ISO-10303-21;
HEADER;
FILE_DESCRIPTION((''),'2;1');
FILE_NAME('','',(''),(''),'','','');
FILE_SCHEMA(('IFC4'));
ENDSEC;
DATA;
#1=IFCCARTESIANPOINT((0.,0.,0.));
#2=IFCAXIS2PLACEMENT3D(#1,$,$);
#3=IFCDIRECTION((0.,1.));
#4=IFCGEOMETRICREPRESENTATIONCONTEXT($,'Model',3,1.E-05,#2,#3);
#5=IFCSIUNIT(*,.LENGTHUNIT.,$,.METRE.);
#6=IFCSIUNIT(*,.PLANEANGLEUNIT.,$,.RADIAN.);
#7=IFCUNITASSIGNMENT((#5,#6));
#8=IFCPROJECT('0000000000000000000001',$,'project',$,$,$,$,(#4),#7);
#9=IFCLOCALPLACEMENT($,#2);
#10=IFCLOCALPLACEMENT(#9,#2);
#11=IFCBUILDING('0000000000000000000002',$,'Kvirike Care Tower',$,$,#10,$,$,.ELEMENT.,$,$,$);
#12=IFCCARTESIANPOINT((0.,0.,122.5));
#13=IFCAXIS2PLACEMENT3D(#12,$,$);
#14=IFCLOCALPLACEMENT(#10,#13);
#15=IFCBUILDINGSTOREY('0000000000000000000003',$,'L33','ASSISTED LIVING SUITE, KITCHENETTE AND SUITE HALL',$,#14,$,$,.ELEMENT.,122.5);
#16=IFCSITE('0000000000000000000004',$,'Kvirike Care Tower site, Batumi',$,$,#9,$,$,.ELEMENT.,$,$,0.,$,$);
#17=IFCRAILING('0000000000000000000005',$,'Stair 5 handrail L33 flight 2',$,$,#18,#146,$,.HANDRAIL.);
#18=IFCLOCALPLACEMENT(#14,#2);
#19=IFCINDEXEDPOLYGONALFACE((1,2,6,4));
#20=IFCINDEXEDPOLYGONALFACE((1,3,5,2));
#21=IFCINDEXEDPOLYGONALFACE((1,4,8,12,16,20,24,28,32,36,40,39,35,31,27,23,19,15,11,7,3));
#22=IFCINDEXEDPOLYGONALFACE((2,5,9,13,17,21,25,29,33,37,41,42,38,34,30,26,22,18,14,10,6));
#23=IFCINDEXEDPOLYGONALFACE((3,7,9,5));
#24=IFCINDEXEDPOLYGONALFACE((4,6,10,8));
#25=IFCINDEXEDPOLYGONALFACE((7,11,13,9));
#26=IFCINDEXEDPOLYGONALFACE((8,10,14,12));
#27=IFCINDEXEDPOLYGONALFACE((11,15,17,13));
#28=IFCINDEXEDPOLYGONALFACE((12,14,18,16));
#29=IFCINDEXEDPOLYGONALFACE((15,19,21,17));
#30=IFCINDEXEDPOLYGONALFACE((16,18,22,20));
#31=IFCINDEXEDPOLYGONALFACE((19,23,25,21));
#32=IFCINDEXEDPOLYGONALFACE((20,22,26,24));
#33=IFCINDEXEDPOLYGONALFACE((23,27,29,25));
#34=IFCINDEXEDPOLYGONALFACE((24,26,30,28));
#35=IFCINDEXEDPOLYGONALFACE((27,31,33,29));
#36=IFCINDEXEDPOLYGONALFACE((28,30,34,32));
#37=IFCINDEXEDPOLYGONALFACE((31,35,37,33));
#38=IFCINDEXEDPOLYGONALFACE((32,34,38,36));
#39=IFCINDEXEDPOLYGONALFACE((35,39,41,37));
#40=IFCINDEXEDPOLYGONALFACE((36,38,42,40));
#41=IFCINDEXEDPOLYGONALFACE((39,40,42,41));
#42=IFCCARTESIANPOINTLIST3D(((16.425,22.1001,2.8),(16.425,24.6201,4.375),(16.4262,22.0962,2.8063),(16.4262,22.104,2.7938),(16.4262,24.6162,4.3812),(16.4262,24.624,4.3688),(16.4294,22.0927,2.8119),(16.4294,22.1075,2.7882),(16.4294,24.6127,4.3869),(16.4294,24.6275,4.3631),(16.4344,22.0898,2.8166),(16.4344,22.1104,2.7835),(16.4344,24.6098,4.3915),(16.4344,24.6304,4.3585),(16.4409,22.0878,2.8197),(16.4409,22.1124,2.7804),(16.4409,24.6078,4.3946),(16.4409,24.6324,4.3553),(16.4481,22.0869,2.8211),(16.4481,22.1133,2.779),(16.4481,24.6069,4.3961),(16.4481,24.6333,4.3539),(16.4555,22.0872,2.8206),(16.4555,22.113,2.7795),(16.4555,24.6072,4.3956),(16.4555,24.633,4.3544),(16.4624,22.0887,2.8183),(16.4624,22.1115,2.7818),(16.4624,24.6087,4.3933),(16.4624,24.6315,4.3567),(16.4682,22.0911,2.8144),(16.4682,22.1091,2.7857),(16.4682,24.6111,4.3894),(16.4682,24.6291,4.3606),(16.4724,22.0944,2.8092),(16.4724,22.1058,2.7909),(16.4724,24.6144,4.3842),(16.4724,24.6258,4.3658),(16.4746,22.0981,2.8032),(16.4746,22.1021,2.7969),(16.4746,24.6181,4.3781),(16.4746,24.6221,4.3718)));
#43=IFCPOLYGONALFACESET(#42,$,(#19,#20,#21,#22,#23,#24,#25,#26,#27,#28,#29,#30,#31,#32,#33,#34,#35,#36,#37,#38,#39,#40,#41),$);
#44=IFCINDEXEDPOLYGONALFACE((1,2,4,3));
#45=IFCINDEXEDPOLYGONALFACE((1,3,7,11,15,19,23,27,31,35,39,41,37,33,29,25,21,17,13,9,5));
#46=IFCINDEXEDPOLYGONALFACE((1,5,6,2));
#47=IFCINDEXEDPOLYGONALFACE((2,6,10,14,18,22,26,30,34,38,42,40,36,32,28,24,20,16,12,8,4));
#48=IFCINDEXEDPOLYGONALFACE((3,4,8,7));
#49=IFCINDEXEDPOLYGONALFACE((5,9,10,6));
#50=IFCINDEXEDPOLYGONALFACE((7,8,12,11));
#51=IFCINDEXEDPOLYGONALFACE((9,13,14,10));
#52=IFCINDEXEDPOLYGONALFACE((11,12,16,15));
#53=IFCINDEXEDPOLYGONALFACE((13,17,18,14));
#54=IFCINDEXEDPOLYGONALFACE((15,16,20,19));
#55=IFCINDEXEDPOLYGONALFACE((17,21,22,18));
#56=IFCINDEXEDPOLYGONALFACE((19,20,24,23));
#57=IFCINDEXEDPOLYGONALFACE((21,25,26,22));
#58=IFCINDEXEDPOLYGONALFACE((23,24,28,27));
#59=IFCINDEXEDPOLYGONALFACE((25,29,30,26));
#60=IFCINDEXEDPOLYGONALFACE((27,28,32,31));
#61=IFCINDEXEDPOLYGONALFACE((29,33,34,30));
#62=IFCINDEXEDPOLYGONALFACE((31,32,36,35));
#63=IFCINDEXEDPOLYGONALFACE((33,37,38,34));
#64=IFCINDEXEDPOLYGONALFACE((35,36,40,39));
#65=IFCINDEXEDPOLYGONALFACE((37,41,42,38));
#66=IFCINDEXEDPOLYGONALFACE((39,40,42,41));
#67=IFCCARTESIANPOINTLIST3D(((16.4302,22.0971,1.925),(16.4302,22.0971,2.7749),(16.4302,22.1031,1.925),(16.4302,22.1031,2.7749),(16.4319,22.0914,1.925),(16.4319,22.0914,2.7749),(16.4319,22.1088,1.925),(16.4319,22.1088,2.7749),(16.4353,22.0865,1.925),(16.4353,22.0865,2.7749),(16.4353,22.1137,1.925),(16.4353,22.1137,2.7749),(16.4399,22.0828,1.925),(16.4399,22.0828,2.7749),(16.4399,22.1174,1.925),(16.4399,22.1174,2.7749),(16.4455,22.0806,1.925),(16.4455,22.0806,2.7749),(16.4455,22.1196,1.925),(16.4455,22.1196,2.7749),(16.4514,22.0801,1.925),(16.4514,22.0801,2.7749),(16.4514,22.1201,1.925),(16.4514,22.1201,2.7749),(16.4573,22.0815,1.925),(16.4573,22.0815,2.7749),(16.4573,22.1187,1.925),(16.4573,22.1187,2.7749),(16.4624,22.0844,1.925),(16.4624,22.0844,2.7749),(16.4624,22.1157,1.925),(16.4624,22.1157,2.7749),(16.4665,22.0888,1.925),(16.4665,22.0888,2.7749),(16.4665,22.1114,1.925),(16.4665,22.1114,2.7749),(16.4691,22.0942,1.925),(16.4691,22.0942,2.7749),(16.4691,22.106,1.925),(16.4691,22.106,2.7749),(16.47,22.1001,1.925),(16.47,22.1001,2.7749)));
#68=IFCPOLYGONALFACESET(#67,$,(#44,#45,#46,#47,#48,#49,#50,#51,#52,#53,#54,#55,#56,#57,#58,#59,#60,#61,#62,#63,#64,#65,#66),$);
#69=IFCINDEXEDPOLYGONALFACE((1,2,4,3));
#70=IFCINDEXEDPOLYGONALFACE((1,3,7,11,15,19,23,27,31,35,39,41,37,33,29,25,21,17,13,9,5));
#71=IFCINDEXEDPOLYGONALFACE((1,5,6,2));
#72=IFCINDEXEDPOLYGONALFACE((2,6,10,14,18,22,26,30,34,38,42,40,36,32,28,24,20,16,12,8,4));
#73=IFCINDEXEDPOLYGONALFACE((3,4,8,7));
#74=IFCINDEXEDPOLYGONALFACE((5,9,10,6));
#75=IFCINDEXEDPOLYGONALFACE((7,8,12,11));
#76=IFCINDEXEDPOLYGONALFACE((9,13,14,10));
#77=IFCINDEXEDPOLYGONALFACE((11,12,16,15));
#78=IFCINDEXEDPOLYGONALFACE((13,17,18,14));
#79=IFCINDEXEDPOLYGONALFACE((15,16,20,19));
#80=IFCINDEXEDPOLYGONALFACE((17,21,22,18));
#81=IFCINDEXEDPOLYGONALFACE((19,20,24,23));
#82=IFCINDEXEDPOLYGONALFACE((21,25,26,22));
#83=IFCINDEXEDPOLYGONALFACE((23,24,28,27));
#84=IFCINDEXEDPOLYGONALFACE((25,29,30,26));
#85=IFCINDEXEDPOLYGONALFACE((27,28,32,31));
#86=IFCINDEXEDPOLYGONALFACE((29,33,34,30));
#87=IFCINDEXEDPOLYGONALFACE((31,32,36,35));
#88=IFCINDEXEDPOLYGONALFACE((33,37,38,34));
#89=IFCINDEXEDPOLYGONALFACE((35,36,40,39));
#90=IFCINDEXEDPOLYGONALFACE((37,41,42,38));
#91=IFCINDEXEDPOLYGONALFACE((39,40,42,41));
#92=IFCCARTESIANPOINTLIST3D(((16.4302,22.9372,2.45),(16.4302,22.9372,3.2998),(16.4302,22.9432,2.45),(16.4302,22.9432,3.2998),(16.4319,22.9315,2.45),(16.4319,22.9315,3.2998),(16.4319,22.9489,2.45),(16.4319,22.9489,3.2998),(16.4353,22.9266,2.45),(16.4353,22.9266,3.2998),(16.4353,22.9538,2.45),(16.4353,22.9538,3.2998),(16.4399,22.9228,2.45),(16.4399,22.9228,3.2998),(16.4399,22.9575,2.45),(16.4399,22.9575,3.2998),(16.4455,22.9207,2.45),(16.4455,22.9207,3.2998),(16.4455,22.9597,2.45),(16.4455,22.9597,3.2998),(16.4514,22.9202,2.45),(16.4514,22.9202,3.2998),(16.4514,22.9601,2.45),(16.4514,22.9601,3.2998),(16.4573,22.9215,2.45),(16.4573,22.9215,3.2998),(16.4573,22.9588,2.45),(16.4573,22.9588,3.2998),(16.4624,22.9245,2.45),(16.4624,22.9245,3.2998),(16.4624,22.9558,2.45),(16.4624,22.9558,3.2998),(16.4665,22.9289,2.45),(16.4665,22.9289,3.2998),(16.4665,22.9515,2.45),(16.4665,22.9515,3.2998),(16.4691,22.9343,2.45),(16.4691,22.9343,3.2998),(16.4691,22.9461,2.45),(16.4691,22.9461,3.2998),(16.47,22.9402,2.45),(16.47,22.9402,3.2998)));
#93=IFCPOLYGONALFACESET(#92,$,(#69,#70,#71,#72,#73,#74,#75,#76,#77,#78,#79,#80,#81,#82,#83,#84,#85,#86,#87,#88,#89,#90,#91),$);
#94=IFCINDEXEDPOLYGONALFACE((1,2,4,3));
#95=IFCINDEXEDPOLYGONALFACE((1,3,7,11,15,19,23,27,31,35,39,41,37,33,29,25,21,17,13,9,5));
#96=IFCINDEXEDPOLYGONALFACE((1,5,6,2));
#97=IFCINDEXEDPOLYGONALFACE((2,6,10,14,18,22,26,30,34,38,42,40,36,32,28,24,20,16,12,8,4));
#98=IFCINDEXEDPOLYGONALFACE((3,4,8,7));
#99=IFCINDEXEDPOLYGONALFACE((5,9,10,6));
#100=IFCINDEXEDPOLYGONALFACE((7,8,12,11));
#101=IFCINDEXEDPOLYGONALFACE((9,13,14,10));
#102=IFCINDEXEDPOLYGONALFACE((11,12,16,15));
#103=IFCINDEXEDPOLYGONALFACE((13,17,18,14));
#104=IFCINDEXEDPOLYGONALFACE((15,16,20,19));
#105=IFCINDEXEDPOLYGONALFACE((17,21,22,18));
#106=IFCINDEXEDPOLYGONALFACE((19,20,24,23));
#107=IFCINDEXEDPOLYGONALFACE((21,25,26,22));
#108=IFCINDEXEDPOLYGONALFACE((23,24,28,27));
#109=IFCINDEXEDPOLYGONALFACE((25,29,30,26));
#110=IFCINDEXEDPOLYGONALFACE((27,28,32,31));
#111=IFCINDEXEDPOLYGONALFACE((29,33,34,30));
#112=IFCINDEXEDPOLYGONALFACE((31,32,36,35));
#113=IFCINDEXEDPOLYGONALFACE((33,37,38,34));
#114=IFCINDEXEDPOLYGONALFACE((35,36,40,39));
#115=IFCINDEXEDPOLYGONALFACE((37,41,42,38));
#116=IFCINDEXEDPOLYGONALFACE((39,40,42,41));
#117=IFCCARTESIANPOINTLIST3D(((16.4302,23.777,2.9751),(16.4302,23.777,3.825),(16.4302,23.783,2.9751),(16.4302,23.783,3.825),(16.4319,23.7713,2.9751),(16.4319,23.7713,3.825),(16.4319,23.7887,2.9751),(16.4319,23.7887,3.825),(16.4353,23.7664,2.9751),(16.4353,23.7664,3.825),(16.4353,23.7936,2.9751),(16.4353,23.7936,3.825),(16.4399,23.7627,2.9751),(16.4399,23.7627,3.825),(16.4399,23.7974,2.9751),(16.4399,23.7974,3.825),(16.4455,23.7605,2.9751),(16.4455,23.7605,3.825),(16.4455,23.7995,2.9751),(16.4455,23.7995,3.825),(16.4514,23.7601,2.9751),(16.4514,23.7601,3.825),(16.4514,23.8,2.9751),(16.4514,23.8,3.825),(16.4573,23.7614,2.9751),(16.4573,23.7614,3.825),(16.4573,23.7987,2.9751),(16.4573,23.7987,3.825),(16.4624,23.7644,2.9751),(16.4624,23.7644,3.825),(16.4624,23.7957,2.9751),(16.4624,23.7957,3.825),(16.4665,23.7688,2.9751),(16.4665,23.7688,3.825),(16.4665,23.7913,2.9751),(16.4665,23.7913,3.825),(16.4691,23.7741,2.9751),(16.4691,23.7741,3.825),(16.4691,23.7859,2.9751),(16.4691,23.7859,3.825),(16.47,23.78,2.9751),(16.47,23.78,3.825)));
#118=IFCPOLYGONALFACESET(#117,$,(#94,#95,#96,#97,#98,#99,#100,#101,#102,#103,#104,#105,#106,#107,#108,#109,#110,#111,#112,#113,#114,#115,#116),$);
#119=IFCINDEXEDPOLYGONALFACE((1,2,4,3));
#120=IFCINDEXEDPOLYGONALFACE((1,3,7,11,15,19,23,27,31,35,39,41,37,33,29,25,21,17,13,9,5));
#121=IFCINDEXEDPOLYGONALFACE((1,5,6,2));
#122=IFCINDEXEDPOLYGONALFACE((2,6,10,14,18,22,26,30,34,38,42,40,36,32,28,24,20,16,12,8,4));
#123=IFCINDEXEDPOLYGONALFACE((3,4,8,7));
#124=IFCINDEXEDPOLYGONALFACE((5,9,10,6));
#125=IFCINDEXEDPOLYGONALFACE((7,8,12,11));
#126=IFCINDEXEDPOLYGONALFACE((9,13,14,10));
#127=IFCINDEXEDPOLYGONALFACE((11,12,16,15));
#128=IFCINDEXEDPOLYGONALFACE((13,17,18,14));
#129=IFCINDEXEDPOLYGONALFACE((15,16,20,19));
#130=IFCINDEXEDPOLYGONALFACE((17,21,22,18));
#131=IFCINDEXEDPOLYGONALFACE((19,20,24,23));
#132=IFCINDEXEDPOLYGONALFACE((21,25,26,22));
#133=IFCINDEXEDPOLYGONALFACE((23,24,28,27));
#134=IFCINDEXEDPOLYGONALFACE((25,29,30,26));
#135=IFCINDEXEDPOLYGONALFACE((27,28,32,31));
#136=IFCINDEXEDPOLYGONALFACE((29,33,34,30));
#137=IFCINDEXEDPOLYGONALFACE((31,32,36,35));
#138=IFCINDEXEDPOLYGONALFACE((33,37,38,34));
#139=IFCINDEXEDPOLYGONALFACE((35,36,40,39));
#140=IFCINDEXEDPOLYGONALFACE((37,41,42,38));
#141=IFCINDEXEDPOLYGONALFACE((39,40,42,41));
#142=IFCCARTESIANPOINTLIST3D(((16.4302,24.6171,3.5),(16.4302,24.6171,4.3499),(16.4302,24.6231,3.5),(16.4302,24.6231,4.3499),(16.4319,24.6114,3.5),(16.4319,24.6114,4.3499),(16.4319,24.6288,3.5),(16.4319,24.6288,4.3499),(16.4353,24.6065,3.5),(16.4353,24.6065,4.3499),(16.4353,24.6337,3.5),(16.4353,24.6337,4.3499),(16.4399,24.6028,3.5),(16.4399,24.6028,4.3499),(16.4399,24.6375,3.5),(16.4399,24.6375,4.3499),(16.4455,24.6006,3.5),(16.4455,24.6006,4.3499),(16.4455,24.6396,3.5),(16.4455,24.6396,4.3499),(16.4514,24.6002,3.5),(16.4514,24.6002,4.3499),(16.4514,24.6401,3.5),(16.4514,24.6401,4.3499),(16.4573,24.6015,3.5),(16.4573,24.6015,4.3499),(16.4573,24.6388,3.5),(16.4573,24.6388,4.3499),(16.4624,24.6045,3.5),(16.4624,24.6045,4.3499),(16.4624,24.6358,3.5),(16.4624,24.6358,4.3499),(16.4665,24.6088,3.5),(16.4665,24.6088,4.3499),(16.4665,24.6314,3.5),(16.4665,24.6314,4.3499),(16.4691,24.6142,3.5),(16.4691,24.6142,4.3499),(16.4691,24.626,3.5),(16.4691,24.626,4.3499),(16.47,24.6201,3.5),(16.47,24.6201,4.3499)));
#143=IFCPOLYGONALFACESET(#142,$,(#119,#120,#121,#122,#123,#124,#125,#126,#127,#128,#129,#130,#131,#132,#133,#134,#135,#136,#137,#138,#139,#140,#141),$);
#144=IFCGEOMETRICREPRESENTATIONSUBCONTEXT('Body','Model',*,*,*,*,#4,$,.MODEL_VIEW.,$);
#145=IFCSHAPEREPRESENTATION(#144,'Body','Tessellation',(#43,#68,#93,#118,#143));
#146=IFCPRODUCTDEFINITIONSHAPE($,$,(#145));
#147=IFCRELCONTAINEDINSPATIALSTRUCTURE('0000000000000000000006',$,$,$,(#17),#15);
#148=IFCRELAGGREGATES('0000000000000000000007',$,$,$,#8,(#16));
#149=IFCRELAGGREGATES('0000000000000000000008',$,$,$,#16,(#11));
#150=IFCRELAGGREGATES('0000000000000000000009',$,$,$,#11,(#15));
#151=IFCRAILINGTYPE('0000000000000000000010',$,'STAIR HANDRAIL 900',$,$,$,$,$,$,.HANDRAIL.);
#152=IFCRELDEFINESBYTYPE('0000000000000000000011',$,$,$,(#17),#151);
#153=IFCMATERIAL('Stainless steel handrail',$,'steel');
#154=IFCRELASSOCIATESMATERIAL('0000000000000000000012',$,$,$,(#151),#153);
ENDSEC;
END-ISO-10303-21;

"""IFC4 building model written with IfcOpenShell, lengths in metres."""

from ifc_helpers import new_model, si_unit, direction, frame, origin, origin_2d, place, context, subcontext, project, spatial, circle, extrude, material, type_object, element, save


model = new_model("IFC4")

# Units and contexts
model_context = context("Model", 3, precision=1e-05, world=origin(), true_north=direction((0.0, 1.0)))
body_context = subcontext(model_context, "Body", "Model", "MODEL_VIEW")
ifc_project = project(units=[si_unit("LENGTHUNIT", "METRE"), si_unit("PLANEANGLEUNIT", "RADIAN")], contexts=[model_context])

# Site, building, storey
site_placement = place(None, origin())
site = spatial("IfcSite", under=ifc_project, at=site_placement, Name="Kvirike Care Tower site, Batumi", CompositionType="ELEMENT", RefElevation=0.0)
building_placement = place(site_placement, origin())
building = spatial("IfcBuilding", under=site, at=building_placement, Name="Kvirike Care Tower", CompositionType="ELEMENT")
storey_placement = place(building_placement, frame((0.0, 0.0, 122.5)))
storey = spatial("IfcBuildingStorey", under=building, at=storey_placement, Name="L33", Description="ASSISTED LIVING SUITE, KITCHENETTE AND SUITE HALL", CompositionType="ELEMENT", Elevation=122.5)

# Railing
ifc_material_1 = material(Name="Stainless steel handrail", Category="steel")
railing_type = type_object("IfcRailingType", Name="STAIR HANDRAIL 900", PredefinedType="HANDRAIL", material=ifc_material_1)
railing_1_placement = place(storey_placement, frame((16.45, 22.1001, 1.925)))
element("IfcRailing", 1, at=railing_1_placement, inside=storey, type_object=railing_type, Name="Stair 5 handrail L33 flight 2", PredefinedType="HANDRAIL", context=body_context, shape_type="SweptSolid", body=[
    extrude(circle(Radius=0.0249, at=origin_2d()), frame((0.0, 0.0, 0.875), z_axis=(0.0, 0.848008, 0.529984), x_axis=(-1.0, 0.0, 0.0)), (0.0, 0.0, 1.0), 2.9717),
    extrude(circle(Radius=0.02, at=origin_2d()), origin(), (0.0, 0.0, 1.0), 0.8499),
    extrude(circle(Radius=0.02, at=origin_2d()), frame((0.0, 0.8401, 0.5249)), (0.0, 0.0, 1.0), 0.8499),
    extrude(circle(Radius=0.02, at=origin_2d()), frame((0.0, 1.6799, 1.05)), (0.0, 0.0, 1.0), 0.8499),
    extrude(circle(Radius=0.02, at=origin_2d()), frame((0.0, 2.52, 1.575)), (0.0, 0.0, 1.0), 0.8499),
])

save(model, "model.ifc")
